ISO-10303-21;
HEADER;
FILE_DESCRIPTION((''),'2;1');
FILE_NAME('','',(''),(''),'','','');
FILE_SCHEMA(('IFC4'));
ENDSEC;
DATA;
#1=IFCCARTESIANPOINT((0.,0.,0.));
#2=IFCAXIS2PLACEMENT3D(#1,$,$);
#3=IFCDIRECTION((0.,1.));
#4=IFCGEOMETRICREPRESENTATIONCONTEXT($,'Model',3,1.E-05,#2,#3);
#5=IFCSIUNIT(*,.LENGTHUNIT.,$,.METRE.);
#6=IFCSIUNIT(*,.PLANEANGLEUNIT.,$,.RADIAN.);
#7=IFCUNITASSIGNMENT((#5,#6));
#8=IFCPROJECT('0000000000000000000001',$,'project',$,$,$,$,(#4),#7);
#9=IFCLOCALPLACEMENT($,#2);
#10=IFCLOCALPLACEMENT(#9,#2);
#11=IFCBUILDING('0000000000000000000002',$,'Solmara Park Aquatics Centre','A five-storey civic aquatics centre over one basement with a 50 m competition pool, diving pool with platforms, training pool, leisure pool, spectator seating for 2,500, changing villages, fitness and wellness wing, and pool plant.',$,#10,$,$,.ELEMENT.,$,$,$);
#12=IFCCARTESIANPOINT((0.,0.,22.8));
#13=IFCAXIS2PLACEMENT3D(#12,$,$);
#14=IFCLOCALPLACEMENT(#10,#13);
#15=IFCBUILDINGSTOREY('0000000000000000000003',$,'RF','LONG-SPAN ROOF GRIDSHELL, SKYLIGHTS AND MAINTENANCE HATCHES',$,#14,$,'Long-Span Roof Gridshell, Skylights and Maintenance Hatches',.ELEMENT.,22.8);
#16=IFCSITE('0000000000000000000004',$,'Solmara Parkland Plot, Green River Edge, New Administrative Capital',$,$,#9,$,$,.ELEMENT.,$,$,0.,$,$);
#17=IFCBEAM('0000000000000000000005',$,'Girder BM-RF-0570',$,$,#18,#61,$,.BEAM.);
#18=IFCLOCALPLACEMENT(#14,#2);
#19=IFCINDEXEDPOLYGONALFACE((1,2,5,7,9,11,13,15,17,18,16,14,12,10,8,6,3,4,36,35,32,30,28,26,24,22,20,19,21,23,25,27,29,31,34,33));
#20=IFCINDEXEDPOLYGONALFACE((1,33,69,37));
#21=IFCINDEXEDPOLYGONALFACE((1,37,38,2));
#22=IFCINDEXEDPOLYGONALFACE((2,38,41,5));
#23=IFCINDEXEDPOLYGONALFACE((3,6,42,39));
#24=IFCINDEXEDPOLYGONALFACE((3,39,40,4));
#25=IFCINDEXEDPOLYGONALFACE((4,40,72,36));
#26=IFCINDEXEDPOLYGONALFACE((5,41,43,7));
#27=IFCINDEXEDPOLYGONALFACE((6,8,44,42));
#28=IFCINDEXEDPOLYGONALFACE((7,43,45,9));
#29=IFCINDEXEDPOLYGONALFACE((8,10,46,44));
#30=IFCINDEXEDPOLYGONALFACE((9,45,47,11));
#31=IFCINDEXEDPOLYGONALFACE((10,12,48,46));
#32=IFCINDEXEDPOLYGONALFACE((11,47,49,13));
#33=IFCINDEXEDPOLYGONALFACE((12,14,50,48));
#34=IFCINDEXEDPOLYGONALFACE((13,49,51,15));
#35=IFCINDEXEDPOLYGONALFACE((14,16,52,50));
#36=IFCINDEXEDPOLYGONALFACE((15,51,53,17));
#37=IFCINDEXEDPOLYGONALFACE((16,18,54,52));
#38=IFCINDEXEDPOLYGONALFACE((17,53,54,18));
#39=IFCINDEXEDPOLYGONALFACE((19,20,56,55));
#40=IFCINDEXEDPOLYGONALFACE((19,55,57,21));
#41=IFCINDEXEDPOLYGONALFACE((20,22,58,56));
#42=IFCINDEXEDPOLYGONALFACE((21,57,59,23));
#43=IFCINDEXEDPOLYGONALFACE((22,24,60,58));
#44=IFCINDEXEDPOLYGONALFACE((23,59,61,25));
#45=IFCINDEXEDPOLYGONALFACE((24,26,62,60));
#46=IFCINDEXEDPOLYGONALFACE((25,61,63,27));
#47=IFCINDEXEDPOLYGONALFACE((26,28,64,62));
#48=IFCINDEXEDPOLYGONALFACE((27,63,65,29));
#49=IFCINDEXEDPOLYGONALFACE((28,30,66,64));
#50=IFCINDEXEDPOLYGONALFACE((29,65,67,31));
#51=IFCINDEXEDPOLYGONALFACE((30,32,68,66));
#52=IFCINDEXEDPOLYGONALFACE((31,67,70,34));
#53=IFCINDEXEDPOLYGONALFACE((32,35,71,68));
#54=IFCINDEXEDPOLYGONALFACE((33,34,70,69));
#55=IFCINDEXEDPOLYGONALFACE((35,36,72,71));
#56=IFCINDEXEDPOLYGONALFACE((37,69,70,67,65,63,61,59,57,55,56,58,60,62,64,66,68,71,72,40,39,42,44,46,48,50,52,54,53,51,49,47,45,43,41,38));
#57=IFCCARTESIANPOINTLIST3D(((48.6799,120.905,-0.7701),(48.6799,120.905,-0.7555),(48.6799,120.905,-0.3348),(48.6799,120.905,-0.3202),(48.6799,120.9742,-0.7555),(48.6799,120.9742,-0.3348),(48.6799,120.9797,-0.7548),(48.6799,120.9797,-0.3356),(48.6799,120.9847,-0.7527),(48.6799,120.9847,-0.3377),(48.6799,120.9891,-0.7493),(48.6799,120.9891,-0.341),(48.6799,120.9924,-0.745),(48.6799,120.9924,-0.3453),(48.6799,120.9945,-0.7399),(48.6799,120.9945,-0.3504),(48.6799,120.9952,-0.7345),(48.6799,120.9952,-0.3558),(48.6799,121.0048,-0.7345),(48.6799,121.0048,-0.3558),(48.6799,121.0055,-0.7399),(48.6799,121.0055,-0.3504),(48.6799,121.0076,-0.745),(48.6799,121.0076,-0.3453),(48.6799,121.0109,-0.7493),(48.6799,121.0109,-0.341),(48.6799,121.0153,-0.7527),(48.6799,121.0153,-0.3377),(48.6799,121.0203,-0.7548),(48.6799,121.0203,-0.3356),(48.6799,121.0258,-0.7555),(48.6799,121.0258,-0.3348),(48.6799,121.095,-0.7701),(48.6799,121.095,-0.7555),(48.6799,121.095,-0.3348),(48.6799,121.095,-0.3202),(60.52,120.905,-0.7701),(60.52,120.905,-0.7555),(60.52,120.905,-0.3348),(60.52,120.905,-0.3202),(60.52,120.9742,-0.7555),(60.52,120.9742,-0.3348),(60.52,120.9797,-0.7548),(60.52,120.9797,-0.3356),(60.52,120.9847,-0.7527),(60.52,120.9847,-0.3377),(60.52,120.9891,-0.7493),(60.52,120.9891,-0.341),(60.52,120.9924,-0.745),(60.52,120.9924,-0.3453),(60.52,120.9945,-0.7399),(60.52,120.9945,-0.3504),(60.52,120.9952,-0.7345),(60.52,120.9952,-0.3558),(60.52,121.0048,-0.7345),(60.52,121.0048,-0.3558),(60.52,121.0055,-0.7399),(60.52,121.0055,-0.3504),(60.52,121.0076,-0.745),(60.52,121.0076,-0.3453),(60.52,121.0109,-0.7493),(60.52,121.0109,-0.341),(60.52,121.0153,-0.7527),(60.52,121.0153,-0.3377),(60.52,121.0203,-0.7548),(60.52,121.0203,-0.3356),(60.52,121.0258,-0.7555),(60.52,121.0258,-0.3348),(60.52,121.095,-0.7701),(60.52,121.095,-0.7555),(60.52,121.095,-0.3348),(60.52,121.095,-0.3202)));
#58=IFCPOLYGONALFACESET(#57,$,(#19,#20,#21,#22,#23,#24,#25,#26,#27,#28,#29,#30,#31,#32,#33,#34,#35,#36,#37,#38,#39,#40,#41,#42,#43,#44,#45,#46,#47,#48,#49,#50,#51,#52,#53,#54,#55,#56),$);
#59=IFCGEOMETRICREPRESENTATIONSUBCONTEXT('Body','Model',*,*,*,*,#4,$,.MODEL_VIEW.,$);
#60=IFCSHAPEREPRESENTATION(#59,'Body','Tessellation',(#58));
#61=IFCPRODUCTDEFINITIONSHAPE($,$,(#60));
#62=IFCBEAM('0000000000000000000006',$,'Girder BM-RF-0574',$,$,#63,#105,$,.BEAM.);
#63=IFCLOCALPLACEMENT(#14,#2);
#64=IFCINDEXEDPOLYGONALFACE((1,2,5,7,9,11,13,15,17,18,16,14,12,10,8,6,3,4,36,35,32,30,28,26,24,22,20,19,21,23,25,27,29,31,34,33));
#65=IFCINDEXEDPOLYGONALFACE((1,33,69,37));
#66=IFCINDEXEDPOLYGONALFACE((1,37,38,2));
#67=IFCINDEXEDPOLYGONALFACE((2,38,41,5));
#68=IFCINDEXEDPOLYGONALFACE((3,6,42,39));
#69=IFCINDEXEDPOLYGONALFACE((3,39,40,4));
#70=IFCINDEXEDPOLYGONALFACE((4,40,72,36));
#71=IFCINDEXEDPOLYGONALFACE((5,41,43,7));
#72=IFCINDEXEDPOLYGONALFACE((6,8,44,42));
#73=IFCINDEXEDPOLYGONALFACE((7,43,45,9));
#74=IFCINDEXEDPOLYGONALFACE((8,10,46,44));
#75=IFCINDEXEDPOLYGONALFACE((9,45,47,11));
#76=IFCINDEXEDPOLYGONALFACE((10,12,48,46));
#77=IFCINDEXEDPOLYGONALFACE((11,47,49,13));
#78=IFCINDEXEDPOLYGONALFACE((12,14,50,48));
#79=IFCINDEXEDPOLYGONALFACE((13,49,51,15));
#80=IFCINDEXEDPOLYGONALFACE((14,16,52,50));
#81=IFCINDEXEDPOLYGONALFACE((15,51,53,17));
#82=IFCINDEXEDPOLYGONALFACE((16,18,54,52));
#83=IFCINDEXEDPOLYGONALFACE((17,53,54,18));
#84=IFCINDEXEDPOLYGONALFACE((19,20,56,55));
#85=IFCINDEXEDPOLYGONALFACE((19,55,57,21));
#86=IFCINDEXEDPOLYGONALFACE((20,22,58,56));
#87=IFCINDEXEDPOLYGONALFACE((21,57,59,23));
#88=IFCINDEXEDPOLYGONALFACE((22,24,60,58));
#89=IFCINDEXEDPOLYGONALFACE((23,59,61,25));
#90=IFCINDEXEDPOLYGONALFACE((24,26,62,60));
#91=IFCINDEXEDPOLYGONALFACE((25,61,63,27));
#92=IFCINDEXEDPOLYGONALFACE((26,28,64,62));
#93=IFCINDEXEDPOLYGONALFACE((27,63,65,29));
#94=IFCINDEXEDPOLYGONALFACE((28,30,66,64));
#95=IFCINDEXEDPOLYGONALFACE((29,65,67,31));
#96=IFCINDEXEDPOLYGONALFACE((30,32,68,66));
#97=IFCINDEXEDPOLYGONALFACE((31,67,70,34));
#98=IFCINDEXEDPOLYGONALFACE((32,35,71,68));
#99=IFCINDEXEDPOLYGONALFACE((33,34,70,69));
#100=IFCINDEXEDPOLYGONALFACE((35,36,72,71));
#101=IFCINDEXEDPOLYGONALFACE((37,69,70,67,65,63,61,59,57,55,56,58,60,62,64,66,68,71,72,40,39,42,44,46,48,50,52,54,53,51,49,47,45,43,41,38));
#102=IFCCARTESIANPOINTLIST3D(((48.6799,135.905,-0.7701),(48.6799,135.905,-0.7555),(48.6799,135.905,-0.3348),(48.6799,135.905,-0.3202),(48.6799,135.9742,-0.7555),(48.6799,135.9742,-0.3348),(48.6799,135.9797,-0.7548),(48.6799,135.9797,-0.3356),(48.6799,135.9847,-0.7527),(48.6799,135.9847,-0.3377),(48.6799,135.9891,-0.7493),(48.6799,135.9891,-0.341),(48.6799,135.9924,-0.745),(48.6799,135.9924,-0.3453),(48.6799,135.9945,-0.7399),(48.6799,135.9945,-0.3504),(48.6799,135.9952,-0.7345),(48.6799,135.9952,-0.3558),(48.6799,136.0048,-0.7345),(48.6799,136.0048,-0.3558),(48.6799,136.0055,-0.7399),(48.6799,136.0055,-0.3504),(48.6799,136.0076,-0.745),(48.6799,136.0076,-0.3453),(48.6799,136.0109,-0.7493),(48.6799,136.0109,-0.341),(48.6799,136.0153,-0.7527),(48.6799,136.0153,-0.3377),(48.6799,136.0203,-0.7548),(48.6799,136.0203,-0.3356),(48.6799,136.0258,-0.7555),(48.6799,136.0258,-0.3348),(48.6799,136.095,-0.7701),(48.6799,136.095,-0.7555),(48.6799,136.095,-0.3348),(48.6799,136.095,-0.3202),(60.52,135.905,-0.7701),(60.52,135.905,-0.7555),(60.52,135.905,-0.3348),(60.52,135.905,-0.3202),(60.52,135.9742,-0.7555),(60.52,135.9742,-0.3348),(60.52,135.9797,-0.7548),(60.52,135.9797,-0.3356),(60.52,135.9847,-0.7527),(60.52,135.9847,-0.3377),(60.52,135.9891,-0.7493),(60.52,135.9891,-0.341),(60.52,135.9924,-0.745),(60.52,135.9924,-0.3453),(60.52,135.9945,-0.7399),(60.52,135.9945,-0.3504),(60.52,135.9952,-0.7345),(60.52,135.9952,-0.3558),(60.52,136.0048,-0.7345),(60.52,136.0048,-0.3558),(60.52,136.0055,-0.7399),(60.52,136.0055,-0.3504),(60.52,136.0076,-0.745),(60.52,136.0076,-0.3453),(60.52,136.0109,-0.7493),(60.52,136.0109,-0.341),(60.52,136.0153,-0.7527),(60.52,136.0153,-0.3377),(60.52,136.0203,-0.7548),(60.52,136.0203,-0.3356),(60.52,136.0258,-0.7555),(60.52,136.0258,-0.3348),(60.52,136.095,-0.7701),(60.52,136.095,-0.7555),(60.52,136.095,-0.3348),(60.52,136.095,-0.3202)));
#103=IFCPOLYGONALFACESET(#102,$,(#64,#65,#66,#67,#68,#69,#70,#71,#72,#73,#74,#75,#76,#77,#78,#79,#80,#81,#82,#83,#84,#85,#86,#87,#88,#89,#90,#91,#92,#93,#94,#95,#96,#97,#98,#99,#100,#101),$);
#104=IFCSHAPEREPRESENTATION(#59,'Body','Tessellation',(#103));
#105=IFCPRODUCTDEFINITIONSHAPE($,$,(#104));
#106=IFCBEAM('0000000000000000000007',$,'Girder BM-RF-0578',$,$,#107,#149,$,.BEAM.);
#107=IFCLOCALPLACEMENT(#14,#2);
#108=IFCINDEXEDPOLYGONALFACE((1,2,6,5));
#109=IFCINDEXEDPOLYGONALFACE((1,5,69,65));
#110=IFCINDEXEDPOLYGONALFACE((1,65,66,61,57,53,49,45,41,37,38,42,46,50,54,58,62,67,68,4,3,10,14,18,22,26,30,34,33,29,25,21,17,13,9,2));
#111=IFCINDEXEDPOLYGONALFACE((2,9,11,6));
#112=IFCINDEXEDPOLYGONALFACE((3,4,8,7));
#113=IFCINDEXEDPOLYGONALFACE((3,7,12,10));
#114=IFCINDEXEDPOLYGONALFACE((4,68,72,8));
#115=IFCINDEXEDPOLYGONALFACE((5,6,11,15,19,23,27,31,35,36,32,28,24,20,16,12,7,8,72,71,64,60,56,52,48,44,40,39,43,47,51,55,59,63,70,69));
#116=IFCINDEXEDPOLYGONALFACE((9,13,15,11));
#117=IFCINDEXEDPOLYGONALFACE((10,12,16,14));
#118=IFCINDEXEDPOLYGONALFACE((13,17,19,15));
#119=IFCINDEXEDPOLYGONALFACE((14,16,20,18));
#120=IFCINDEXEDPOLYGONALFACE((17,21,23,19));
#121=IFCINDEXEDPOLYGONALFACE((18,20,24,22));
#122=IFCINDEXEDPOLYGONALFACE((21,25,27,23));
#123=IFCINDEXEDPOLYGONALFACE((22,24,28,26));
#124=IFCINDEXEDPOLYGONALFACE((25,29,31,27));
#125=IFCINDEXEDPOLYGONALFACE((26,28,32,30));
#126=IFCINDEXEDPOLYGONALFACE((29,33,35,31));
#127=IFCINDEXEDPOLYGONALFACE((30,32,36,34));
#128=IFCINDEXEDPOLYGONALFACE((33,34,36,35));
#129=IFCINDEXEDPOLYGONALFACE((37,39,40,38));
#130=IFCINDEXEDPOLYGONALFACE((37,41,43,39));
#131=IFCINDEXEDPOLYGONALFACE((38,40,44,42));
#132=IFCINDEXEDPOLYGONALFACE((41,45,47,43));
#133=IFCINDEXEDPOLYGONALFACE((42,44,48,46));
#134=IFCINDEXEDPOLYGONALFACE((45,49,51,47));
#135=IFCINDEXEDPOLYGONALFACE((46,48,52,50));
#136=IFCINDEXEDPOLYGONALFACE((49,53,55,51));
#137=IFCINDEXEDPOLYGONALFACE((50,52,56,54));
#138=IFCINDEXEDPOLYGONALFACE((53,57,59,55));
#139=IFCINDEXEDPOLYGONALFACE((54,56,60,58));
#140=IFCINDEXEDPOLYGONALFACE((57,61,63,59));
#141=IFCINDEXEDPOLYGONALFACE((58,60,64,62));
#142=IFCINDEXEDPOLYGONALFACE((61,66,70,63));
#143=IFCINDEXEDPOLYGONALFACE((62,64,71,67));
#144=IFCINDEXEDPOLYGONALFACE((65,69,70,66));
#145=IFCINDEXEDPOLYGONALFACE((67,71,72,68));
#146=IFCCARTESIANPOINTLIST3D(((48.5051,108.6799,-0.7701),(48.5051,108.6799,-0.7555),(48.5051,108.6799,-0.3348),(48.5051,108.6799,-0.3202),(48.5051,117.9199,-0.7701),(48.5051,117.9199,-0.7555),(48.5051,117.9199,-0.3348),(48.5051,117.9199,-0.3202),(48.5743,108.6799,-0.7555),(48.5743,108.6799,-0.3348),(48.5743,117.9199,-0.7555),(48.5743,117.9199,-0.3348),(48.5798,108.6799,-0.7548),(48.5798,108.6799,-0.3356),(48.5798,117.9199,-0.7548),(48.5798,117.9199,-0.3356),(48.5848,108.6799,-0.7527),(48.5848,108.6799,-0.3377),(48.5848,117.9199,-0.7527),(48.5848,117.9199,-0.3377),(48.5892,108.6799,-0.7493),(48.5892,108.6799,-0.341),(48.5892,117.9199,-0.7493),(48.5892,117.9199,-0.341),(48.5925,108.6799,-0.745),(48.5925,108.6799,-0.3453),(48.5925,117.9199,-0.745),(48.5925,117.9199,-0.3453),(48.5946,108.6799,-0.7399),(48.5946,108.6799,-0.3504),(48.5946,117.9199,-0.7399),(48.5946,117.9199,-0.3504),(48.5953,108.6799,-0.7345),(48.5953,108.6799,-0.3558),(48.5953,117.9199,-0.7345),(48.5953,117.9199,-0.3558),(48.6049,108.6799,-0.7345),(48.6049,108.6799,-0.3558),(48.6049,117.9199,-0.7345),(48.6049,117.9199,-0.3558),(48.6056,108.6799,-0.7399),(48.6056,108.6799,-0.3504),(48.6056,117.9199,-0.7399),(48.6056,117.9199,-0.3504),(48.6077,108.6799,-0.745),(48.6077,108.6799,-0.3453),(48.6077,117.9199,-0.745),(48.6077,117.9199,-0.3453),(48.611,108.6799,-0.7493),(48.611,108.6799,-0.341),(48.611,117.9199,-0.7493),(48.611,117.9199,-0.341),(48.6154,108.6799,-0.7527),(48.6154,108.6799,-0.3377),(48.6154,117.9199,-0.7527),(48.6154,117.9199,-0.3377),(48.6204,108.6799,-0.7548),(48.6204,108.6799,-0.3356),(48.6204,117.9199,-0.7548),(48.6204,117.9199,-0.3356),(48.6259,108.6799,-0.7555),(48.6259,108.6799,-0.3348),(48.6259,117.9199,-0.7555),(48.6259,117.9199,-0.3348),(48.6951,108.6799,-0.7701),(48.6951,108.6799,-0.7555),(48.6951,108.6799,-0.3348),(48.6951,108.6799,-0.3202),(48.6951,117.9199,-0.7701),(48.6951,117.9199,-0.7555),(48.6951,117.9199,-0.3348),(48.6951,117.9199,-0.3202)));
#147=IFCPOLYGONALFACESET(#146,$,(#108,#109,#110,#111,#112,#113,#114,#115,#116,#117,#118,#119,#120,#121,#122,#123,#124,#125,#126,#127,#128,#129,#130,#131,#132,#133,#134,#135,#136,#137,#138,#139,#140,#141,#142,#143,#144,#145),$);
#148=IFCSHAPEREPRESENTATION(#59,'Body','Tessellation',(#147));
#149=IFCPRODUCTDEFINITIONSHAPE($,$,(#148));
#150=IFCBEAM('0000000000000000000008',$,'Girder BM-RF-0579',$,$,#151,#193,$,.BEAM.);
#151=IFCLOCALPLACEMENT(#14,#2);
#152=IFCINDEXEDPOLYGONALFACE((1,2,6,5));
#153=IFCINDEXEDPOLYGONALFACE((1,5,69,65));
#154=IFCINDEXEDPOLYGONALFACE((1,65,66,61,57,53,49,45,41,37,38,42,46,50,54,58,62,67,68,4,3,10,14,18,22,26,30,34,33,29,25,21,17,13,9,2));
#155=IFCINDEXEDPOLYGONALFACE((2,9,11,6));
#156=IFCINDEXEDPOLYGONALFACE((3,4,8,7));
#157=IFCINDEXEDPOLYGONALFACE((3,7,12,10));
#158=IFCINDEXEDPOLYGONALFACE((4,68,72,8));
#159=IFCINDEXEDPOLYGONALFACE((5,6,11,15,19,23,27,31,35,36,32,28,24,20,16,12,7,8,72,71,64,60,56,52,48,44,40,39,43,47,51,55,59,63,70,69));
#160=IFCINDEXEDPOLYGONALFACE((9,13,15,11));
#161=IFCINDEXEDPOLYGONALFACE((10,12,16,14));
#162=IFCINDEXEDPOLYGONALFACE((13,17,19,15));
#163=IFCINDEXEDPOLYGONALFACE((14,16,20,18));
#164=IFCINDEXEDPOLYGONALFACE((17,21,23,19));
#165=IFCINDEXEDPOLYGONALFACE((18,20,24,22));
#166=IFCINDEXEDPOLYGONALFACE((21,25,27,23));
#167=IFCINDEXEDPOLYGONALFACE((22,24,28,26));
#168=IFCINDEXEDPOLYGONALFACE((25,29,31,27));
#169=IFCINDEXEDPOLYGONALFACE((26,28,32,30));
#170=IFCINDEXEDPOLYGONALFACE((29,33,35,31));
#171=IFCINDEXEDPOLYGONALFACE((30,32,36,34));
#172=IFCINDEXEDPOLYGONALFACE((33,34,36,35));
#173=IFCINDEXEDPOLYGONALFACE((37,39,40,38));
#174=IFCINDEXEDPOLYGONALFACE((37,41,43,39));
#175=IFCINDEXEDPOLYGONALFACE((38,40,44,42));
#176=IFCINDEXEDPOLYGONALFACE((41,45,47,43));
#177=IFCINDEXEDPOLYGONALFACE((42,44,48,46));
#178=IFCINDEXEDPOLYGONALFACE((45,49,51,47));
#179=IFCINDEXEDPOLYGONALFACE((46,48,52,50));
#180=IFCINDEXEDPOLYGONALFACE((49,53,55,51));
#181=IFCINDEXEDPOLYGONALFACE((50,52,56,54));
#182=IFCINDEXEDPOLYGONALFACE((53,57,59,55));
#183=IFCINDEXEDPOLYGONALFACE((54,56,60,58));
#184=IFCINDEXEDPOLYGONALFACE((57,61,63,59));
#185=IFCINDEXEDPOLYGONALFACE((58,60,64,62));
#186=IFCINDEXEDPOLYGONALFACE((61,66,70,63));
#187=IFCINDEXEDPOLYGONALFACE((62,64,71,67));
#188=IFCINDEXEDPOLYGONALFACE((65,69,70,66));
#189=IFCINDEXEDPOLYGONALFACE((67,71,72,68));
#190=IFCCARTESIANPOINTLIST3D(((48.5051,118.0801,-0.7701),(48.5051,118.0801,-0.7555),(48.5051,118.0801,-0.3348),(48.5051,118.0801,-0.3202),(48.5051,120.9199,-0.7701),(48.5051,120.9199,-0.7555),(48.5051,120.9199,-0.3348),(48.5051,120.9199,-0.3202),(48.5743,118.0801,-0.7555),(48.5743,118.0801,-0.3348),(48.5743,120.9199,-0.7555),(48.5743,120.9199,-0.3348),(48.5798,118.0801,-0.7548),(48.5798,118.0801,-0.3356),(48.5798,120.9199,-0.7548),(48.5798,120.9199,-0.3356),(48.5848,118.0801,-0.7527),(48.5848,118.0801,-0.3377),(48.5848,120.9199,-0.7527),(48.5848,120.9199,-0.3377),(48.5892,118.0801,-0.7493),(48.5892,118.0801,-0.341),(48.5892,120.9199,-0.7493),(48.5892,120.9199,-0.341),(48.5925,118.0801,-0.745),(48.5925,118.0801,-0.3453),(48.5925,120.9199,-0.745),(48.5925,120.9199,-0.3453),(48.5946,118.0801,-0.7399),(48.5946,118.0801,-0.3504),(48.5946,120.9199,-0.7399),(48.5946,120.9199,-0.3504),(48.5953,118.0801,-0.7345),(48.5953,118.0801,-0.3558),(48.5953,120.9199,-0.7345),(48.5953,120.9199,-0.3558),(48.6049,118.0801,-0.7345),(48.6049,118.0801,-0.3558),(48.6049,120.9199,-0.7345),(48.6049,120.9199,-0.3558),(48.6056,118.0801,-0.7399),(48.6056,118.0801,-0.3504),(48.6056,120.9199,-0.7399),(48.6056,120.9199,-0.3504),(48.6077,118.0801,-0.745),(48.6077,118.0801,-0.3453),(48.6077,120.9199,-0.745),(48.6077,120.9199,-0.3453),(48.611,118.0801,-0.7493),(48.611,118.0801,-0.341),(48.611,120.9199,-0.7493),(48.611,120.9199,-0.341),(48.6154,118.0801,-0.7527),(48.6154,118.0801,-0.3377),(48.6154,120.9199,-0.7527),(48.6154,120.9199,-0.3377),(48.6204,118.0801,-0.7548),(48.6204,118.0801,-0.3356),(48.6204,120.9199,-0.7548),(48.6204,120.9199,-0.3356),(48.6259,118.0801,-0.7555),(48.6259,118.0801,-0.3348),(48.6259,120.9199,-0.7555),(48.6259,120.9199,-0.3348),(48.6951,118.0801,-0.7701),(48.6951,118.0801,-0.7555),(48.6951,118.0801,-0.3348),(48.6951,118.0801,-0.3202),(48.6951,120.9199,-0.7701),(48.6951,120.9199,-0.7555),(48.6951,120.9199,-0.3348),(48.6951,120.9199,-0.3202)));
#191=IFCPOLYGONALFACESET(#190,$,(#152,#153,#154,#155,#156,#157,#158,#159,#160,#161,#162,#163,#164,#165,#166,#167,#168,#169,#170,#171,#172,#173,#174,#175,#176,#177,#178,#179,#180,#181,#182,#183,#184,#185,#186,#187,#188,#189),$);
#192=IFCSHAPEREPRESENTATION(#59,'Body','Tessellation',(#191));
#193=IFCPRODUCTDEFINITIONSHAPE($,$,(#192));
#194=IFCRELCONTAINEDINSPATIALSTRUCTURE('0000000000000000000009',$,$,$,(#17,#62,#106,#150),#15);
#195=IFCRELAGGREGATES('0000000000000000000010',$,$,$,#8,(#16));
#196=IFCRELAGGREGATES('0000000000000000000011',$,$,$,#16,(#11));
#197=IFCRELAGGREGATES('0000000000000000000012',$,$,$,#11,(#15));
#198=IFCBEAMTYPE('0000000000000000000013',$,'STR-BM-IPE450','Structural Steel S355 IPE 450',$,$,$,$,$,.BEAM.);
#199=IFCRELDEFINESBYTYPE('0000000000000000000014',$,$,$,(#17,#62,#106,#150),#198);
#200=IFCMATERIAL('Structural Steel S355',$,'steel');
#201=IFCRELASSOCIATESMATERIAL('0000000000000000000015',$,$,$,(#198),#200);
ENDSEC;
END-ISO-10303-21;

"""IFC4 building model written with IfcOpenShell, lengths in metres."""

from ifc_helpers import new_model, si_unit, direction, frame, origin, origin_2d, place, context, subcontext, project, spatial, i_section, extrude, material, material_profile, profile_set, type_object, element, save


model = new_model("IFC4")

# Units and contexts
model_context = context("Model", 3, precision=1e-05, world=origin(), true_north=direction((0.0, 1.0)))
body_context = subcontext(model_context, "Body", "Model", "MODEL_VIEW")
ifc_project = project(units=[si_unit("LENGTHUNIT", "METRE"), si_unit("PLANEANGLEUNIT", "RADIAN")], contexts=[model_context])

# Site, building, storey
site_placement = place(None, origin())
site = spatial("IfcSite", under=ifc_project, at=site_placement, Name="Solmara Parkland Plot, Green River Edge, New Administrative Capital", CompositionType="ELEMENT", RefElevation=0.0)
building_placement = place(site_placement, origin())
building = spatial("IfcBuilding", under=site, at=building_placement, Name="Solmara Park Aquatics Centre", Description="A five-storey civic aquatics centre over one basement with a 50 m competition pool, diving pool with platforms, training pool, leisure pool, spectator seating for 2,500, changing villages, fitness and wellness wing, and pool plant.", CompositionType="ELEMENT")
storey_placement = place(building_placement, frame((0.0, 0.0, 22.8)))
storey = spatial("IfcBuildingStorey", under=building, at=storey_placement, Name="RF", Description="LONG-SPAN ROOF GRIDSHELL, SKYLIGHTS AND MAINTENANCE HATCHES", LongName="Long-Span Roof Gridshell, Skylights and Maintenance Hatches", CompositionType="ELEMENT", Elevation=22.8)

# Beams
ifc_material_1 = material(Name="Structural Steel S355", Category="steel")
ifc_material_profile_1 = material_profile(ifc_material_1, i_section(OverallWidth=0.1899, OverallDepth=0.45, WebThickness=0.0095, FlangeThickness=0.0146, FilletRadius=0.021, at=origin_2d()), Name="IPE 450")
ifc_profile_set_1 = profile_set([ifc_material_profile_1], Name="Structural Steel S355")
beam_type_1 = type_object("IfcBeamType", Name="STR-BM-IPE450", Description="Structural Steel S355 IPE 450", PredefinedType="BEAM", material=ifc_profile_set_1)
for number, where, z_axis, x_axis, name in (
    (1, (48.6799, 121.0, -0.5452), (1.0, 0.0, 0.0), (0.0, 1.0, 0.0), "Girder BM-RF-0570"),
    (2, (48.6799, 136.0, -0.5452), (1.0, 0.0, 0.0), (0.0, 1.0, 0.0), "Girder BM-RF-0574"),
):
    element("IfcBeam", number, at=place(storey_placement, frame(where, z_axis=z_axis, x_axis=x_axis)), inside=storey, type_object=beam_type_1, Name=name, PredefinedType="BEAM", context=body_context, shape_type="SweptSolid", body=[
        extrude(i_section(OverallWidth=0.1899, OverallDepth=0.45, WebThickness=0.0095, FlangeThickness=0.0146, FilletRadius=0.021, at=origin_2d()), origin(), (0.0, 0.0, 1.0), 11.8401),
    ])
beam_1_placement = place(storey_placement, frame((48.6001, 108.6799, -0.5452), z_axis=(0.0, 1.0, 0.0), x_axis=(-1.0, 0.0, 0.0)))
element("IfcBeam", 3, at=beam_1_placement, inside=storey, type_object=beam_type_1, Name="Girder BM-RF-0578", PredefinedType="BEAM", context=body_context, shape_type="SweptSolid", body=[
    extrude(i_section(OverallWidth=0.1899, OverallDepth=0.45, WebThickness=0.0095, FlangeThickness=0.0146, FilletRadius=0.021, at=origin_2d()), origin(), (0.0, 0.0, 1.0), 9.24),
])
beam_2_placement = place(storey_placement, frame((48.6001, 118.0801, -0.5452), z_axis=(0.0, 1.0, 0.0), x_axis=(-1.0, 0.0, 0.0)))
element("IfcBeam", 4, at=beam_2_placement, inside=storey, type_object=beam_type_1, Name="Girder BM-RF-0579", PredefinedType="BEAM", context=body_context, shape_type="SweptSolid", body=[
    extrude(i_section(OverallWidth=0.1899, OverallDepth=0.45, WebThickness=0.0095, FlangeThickness=0.0146, FilletRadius=0.021, at=origin_2d()), origin(), (0.0, 0.0, 1.0), 2.8398),
])

save(model, "model.ifc")
